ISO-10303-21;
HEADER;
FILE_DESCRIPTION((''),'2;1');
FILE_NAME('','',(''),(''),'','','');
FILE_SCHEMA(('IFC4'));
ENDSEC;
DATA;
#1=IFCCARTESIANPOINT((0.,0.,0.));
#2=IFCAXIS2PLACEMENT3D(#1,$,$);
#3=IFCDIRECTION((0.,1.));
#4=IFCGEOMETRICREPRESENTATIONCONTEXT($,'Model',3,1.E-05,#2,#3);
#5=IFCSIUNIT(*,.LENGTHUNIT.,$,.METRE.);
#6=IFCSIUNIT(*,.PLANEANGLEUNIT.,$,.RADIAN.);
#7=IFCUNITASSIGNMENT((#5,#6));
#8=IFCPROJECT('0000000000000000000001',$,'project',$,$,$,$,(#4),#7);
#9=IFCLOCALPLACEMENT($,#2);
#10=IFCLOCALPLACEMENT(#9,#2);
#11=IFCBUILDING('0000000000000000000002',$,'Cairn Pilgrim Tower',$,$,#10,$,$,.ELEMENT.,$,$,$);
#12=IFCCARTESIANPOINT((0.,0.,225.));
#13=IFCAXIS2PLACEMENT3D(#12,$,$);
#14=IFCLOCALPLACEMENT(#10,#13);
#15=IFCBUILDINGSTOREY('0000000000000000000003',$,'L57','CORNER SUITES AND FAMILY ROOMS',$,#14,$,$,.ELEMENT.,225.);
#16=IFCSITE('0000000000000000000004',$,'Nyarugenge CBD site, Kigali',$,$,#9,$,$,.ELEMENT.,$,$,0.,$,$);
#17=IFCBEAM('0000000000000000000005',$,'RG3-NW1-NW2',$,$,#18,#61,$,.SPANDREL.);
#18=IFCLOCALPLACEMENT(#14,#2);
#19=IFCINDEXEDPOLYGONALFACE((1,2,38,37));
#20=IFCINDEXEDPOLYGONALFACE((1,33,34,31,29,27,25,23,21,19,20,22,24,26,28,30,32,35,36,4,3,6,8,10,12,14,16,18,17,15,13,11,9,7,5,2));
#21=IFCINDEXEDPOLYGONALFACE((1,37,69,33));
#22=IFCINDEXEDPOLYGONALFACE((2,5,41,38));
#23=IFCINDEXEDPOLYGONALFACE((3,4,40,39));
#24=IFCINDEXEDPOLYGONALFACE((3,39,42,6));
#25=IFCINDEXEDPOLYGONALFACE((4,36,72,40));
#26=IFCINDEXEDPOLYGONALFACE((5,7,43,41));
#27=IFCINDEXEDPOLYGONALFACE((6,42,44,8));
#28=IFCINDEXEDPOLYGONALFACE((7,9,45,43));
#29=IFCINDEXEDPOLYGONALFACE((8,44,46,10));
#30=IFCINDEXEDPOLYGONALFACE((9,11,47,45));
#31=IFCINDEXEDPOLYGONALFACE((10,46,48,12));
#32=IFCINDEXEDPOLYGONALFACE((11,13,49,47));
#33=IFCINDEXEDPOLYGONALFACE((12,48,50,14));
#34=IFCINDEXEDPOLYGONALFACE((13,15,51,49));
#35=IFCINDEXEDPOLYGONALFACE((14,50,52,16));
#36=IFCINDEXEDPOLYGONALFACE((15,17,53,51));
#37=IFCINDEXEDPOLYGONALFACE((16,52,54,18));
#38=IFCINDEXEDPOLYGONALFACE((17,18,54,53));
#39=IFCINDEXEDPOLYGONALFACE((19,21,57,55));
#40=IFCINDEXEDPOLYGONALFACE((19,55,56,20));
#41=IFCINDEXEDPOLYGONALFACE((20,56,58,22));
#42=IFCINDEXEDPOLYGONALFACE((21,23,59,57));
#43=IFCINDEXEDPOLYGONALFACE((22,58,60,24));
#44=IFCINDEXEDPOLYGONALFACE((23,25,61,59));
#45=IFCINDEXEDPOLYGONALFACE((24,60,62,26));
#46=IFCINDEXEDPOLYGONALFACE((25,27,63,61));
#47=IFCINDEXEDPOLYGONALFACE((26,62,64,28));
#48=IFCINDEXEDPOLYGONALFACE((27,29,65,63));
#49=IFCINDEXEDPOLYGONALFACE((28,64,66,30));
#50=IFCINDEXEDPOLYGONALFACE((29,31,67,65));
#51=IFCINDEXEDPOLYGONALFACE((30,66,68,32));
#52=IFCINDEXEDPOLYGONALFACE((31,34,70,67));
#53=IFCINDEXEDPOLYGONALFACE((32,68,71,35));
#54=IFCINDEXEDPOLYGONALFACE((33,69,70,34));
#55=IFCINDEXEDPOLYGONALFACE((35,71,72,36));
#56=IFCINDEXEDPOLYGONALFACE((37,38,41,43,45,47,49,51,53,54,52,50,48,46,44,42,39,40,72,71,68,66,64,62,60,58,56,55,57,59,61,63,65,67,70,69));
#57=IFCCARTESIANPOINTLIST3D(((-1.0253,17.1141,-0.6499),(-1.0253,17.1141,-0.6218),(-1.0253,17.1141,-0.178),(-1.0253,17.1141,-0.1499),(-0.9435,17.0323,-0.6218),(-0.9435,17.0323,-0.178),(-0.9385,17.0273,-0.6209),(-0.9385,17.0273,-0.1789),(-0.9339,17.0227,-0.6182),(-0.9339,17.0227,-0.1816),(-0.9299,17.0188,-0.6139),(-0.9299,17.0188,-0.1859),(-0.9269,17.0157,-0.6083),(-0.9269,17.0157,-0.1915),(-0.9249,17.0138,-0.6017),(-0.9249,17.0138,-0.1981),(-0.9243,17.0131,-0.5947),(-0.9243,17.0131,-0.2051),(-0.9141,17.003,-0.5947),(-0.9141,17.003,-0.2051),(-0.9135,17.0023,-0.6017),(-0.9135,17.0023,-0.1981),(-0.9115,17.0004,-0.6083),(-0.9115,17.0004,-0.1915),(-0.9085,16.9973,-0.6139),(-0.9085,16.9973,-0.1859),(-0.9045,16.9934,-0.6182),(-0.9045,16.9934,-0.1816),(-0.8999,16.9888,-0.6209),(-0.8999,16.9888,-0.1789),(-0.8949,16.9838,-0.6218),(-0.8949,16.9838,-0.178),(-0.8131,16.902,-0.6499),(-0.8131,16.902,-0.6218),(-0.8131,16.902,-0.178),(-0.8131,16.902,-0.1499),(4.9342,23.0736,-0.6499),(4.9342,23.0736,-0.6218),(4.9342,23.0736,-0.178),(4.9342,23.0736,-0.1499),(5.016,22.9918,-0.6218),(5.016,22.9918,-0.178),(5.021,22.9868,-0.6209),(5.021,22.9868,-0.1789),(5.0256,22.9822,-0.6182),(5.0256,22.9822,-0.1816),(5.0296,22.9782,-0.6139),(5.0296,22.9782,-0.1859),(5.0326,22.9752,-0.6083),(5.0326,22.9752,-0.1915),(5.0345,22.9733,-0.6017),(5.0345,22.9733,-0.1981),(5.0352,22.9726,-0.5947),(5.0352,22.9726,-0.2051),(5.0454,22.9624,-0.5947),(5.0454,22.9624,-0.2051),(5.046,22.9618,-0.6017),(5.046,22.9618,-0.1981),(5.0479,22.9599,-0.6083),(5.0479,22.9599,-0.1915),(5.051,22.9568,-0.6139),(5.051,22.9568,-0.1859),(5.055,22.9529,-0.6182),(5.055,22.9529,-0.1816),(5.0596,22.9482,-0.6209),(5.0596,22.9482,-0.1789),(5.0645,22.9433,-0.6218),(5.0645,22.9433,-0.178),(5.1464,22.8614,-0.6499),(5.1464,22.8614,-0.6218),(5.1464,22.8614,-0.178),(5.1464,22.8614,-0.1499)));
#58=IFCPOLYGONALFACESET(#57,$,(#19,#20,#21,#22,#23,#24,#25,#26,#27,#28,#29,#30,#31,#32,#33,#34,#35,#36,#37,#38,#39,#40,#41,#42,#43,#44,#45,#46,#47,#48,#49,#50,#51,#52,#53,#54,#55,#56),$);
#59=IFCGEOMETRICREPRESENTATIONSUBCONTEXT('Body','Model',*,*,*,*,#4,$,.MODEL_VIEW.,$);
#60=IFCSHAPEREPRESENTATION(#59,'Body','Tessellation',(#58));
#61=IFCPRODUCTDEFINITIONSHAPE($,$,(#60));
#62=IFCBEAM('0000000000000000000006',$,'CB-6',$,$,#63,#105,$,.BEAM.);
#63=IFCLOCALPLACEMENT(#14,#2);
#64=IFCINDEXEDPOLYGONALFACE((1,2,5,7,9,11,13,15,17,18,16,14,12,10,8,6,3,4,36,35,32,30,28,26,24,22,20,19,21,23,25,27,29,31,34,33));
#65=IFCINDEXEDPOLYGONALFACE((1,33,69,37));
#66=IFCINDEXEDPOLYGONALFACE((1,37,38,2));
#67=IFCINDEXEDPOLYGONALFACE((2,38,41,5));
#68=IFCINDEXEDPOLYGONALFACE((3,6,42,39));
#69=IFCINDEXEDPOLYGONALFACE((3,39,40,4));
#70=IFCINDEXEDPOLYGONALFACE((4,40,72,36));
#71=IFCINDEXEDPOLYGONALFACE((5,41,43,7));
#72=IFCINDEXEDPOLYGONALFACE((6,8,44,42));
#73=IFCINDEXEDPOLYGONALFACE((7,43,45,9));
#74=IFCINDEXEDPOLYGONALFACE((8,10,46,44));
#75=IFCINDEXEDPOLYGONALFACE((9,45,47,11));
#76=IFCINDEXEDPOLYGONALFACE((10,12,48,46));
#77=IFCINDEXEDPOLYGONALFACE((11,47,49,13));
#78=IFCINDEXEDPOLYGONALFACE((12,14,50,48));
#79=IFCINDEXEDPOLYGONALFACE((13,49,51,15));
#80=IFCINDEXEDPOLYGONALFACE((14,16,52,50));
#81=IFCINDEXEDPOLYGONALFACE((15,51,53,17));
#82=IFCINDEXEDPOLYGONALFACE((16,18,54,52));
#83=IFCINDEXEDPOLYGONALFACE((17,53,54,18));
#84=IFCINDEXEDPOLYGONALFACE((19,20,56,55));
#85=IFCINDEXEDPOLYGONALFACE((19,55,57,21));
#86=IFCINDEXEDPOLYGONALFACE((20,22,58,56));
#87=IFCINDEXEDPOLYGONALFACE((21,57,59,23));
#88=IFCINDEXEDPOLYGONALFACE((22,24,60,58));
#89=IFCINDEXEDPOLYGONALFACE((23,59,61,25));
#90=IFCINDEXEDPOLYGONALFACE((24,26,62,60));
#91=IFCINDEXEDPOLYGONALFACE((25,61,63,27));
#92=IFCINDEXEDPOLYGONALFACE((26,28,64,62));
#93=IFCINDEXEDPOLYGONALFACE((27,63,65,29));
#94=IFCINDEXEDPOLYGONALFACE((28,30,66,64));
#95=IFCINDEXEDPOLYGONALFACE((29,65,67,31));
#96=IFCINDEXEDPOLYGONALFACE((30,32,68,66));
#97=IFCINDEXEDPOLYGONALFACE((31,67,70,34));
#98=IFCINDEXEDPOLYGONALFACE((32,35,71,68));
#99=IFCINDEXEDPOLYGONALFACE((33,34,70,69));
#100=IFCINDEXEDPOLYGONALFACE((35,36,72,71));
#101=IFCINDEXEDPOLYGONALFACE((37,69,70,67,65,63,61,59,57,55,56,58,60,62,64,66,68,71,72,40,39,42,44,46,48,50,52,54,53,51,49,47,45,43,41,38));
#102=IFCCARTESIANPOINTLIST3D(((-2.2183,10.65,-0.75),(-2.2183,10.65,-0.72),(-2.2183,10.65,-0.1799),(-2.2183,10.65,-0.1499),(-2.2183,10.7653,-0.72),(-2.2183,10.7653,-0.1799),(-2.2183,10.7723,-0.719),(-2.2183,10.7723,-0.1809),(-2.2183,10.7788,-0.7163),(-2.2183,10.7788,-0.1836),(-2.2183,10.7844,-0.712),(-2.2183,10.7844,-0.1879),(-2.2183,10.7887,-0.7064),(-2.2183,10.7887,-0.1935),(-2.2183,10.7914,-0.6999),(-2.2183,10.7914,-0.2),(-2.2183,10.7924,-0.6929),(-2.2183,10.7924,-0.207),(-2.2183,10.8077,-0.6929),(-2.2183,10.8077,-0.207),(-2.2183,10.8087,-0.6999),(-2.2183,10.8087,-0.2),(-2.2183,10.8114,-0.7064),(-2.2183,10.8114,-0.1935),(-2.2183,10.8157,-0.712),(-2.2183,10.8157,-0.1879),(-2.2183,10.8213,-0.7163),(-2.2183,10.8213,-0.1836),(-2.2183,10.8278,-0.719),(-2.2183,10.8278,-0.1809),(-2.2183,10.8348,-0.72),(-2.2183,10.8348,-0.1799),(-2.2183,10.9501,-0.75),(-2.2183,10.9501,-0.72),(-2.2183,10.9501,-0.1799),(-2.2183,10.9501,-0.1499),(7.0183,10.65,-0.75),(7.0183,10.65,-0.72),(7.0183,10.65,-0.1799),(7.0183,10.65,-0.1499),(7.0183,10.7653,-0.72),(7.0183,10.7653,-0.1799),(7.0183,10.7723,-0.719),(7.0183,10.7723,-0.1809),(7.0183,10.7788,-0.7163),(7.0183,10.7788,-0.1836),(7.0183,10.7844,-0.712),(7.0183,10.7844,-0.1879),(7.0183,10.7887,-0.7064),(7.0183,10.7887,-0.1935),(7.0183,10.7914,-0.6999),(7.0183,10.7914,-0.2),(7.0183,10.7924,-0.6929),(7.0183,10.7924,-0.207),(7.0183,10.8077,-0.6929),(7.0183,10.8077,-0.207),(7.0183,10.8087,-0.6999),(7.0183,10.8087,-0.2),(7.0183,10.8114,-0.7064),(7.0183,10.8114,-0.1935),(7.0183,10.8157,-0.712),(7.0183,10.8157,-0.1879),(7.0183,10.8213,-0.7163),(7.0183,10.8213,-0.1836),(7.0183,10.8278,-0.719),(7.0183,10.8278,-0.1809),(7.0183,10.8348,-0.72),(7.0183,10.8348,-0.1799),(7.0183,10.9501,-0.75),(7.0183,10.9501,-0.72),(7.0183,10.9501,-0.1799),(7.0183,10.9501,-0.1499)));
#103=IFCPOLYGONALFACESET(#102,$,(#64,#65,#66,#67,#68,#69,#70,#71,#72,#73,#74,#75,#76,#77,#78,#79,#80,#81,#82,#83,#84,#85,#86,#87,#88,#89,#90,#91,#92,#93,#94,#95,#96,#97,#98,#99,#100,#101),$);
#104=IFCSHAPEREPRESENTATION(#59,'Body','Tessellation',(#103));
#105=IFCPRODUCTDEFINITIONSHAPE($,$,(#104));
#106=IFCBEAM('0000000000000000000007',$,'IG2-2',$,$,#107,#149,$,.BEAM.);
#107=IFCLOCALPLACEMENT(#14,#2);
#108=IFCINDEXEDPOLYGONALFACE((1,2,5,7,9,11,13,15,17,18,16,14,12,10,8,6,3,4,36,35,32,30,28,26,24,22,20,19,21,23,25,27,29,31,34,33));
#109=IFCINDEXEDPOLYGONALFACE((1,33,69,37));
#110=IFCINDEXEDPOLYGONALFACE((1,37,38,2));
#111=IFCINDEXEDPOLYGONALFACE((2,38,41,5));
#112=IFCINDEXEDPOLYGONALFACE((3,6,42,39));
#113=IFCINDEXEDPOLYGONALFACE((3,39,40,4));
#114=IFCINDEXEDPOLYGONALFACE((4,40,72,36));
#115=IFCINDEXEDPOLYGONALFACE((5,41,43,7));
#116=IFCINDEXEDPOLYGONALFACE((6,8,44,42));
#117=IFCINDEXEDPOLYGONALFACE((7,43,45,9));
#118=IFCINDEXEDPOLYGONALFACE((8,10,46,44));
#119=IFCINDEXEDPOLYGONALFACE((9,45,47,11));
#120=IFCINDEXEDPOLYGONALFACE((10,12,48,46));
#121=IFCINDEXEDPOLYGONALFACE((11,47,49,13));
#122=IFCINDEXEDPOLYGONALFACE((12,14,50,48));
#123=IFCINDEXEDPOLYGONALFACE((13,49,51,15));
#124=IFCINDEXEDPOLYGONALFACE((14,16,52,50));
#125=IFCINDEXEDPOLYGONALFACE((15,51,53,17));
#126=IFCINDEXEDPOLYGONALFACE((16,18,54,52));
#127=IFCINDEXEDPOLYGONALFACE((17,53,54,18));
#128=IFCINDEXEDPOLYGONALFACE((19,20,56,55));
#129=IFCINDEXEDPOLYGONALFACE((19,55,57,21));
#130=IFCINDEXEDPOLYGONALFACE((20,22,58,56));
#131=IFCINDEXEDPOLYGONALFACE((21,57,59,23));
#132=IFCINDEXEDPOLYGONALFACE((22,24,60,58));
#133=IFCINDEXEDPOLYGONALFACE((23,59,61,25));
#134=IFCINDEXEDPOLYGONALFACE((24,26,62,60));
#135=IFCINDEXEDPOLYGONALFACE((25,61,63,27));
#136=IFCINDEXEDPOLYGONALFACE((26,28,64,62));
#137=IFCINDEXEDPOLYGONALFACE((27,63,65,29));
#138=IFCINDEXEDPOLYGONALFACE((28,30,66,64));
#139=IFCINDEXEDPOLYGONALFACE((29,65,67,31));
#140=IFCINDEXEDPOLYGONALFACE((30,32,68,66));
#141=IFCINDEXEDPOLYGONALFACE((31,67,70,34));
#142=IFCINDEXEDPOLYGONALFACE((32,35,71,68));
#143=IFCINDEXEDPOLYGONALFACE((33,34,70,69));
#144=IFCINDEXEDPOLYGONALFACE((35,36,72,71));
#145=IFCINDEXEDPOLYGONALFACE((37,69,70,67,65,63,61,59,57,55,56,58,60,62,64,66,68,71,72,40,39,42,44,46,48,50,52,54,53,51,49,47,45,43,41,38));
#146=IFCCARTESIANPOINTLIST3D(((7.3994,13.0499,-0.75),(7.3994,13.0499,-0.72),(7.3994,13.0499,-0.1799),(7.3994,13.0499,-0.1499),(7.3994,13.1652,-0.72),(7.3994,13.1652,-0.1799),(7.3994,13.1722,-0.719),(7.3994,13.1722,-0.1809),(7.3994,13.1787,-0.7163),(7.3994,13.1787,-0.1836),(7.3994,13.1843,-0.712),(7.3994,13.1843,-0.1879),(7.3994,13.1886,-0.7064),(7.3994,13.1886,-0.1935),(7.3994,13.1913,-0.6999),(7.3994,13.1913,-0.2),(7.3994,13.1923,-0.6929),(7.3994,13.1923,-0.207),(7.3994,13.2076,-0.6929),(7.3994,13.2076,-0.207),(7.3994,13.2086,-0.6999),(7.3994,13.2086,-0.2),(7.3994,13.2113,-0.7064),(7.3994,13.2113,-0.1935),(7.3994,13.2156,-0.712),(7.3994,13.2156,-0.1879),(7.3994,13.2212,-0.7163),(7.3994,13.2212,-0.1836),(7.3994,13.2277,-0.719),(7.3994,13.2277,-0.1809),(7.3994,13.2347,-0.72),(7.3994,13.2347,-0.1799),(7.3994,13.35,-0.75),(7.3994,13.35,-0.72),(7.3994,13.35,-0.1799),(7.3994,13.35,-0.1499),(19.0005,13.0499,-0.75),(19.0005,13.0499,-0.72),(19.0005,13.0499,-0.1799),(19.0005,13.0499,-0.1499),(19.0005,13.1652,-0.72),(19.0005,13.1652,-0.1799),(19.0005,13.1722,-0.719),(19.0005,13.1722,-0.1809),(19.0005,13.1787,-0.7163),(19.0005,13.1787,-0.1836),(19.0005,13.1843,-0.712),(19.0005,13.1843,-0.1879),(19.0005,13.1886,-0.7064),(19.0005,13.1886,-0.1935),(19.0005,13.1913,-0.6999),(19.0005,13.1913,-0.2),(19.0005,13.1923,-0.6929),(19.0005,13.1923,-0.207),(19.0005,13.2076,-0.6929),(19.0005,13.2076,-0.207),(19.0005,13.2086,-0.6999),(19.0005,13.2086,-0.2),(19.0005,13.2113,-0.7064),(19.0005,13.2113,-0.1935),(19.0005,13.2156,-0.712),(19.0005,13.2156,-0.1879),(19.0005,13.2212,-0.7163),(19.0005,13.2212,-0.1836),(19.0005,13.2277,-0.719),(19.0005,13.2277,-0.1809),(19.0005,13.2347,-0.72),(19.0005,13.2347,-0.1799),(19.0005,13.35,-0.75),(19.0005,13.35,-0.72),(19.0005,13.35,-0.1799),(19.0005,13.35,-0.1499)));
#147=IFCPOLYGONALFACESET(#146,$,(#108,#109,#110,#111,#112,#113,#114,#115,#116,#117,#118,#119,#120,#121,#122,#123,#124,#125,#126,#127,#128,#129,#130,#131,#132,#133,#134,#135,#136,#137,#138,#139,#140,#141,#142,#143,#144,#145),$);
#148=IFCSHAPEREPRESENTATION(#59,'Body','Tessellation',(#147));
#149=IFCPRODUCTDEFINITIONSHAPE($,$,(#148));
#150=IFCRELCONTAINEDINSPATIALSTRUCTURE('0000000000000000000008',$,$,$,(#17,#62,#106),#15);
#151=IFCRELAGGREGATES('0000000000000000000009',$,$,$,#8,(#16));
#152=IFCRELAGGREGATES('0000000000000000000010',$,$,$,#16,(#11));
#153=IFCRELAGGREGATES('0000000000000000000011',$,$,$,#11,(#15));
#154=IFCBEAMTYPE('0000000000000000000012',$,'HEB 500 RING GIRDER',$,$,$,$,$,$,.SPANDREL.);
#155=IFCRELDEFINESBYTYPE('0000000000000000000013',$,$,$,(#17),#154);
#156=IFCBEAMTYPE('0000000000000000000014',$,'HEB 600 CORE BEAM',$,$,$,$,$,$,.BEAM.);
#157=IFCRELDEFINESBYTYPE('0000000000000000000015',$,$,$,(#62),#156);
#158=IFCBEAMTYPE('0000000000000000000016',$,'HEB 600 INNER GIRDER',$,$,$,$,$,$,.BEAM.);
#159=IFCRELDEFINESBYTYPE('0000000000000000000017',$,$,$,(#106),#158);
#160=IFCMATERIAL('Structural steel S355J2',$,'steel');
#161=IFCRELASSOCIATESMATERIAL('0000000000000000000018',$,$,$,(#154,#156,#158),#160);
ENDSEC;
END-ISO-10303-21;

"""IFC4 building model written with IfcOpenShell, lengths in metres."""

from ifc_helpers import new_model, si_unit, direction, frame, origin, origin_2d, place, context, subcontext, project, spatial, i_section, extrude, material, material_profile, profile_set, type_object, element, save


model = new_model("IFC4")

# Units and contexts
model_context = context("Model", 3, precision=1e-05, world=origin(), true_north=direction((0.0, 1.0)))
body_context = subcontext(model_context, "Body", "Model", "MODEL_VIEW")
ifc_project = project(units=[si_unit("LENGTHUNIT", "METRE"), si_unit("PLANEANGLEUNIT", "RADIAN")], contexts=[model_context])

# Site, building, storey
site_placement = place(None, origin())
site = spatial("IfcSite", under=ifc_project, at=site_placement, Name="Nyarugenge CBD site, Kigali", CompositionType="ELEMENT", RefElevation=0.0)
building_placement = place(site_placement, origin())
building = spatial("IfcBuilding", under=site, at=building_placement, Name="Cairn Pilgrim Tower", CompositionType="ELEMENT")
storey_placement = place(building_placement, frame((0.0, 0.0, 225.0)))
storey = spatial("IfcBuildingStorey", under=building, at=storey_placement, Name="L57", Description="CORNER SUITES AND FAMILY ROOMS", CompositionType="ELEMENT", Elevation=225.0)

# Shared definitions
ifc_material_1 = material(Name="Structural steel S355J2", Category="steel")

# Beams
ifc_material_profile_1 = material_profile(ifc_material_1, i_section(OverallWidth=0.3, OverallDepth=0.5, WebThickness=0.0144, FlangeThickness=0.0281, FilletRadius=0.0271, at=origin_2d()), Name="HEB 500")
ifc_profile_set_1 = profile_set([ifc_material_profile_1], Name="Structural steel S355J2")
beam_type_1 = type_object("IfcBeamType", Name="HEB 500 RING GIRDER", PredefinedType="SPANDREL", material=ifc_profile_set_1)
beam_1_placement = place(storey_placement, frame((5.0403, 22.9675, -0.3999), z_axis=(-0.707107, -0.707107, 0.0), x_axis=(0.707107, -0.707107, 0.0)))
element("IfcBeam", 1, at=beam_1_placement, inside=storey, type_object=beam_type_1, Name="RG3-NW1-NW2", PredefinedType="SPANDREL", context=body_context, shape_type="SweptSolid", body=[
    extrude(i_section(OverallWidth=0.3, OverallDepth=0.5, WebThickness=0.0144, FlangeThickness=0.0281, FilletRadius=0.0271, at=origin_2d()), origin(), (0.0, 0.0, 1.0), 8.428),
])
ifc_material_profile_2 = material_profile(ifc_material_1, i_section(OverallWidth=0.3, OverallDepth=0.6001, WebThickness=0.0154, FlangeThickness=0.03, FilletRadius=0.0271, at=origin_2d()), Name="HEB 600")
ifc_profile_set_2 = profile_set([ifc_material_profile_2], Name="Structural steel S355J2")
beam_type_2 = type_object("IfcBeamType", Name="HEB 600 CORE BEAM", PredefinedType="BEAM", material=ifc_profile_set_2)
beam_2_placement = place(storey_placement, frame((7.0183, 10.8, -0.45), z_axis=(-1.0, 0.0, 0.0), x_axis=(0.0, -1.0, 0.0)))
element("IfcBeam", 2, at=beam_2_placement, inside=storey, type_object=beam_type_2, Name="CB-6", PredefinedType="BEAM", context=body_context, shape_type="SweptSolid", body=[
    extrude(i_section(OverallWidth=0.3, OverallDepth=0.6001, WebThickness=0.0154, FlangeThickness=0.03, FilletRadius=0.0271, at=origin_2d()), origin(), (0.0, 0.0, 1.0), 9.2366),
])
ifc_material_profile_3 = material_profile(ifc_material_1, i_section(OverallWidth=0.3, OverallDepth=0.6001, WebThickness=0.0154, FlangeThickness=0.03, FilletRadius=0.0271, at=origin_2d()), Name="HEB 600")
ifc_profile_set_3 = profile_set([ifc_material_profile_3], Name="Structural steel S355J2")
beam_type_3 = type_object("IfcBeamType", Name="HEB 600 INNER GIRDER", PredefinedType="BEAM", material=ifc_profile_set_3)
beam_3_placement = place(storey_placement, frame((7.3994, 13.2, -0.45), z_axis=(1.0, 0.0, 0.0), x_axis=(0.0, 1.0, 0.0)))
element("IfcBeam", 3, at=beam_3_placement, inside=storey, type_object=beam_type_3, Name="IG2-2", PredefinedType="BEAM", context=body_context, shape_type="SweptSolid", body=[
    extrude(i_section(OverallWidth=0.3, OverallDepth=0.6001, WebThickness=0.0154, FlangeThickness=0.03, FilletRadius=0.0271, at=origin_2d()), origin(), (0.0, 0.0, 1.0), 11.6011),
])

save(model, "model.ifc")
